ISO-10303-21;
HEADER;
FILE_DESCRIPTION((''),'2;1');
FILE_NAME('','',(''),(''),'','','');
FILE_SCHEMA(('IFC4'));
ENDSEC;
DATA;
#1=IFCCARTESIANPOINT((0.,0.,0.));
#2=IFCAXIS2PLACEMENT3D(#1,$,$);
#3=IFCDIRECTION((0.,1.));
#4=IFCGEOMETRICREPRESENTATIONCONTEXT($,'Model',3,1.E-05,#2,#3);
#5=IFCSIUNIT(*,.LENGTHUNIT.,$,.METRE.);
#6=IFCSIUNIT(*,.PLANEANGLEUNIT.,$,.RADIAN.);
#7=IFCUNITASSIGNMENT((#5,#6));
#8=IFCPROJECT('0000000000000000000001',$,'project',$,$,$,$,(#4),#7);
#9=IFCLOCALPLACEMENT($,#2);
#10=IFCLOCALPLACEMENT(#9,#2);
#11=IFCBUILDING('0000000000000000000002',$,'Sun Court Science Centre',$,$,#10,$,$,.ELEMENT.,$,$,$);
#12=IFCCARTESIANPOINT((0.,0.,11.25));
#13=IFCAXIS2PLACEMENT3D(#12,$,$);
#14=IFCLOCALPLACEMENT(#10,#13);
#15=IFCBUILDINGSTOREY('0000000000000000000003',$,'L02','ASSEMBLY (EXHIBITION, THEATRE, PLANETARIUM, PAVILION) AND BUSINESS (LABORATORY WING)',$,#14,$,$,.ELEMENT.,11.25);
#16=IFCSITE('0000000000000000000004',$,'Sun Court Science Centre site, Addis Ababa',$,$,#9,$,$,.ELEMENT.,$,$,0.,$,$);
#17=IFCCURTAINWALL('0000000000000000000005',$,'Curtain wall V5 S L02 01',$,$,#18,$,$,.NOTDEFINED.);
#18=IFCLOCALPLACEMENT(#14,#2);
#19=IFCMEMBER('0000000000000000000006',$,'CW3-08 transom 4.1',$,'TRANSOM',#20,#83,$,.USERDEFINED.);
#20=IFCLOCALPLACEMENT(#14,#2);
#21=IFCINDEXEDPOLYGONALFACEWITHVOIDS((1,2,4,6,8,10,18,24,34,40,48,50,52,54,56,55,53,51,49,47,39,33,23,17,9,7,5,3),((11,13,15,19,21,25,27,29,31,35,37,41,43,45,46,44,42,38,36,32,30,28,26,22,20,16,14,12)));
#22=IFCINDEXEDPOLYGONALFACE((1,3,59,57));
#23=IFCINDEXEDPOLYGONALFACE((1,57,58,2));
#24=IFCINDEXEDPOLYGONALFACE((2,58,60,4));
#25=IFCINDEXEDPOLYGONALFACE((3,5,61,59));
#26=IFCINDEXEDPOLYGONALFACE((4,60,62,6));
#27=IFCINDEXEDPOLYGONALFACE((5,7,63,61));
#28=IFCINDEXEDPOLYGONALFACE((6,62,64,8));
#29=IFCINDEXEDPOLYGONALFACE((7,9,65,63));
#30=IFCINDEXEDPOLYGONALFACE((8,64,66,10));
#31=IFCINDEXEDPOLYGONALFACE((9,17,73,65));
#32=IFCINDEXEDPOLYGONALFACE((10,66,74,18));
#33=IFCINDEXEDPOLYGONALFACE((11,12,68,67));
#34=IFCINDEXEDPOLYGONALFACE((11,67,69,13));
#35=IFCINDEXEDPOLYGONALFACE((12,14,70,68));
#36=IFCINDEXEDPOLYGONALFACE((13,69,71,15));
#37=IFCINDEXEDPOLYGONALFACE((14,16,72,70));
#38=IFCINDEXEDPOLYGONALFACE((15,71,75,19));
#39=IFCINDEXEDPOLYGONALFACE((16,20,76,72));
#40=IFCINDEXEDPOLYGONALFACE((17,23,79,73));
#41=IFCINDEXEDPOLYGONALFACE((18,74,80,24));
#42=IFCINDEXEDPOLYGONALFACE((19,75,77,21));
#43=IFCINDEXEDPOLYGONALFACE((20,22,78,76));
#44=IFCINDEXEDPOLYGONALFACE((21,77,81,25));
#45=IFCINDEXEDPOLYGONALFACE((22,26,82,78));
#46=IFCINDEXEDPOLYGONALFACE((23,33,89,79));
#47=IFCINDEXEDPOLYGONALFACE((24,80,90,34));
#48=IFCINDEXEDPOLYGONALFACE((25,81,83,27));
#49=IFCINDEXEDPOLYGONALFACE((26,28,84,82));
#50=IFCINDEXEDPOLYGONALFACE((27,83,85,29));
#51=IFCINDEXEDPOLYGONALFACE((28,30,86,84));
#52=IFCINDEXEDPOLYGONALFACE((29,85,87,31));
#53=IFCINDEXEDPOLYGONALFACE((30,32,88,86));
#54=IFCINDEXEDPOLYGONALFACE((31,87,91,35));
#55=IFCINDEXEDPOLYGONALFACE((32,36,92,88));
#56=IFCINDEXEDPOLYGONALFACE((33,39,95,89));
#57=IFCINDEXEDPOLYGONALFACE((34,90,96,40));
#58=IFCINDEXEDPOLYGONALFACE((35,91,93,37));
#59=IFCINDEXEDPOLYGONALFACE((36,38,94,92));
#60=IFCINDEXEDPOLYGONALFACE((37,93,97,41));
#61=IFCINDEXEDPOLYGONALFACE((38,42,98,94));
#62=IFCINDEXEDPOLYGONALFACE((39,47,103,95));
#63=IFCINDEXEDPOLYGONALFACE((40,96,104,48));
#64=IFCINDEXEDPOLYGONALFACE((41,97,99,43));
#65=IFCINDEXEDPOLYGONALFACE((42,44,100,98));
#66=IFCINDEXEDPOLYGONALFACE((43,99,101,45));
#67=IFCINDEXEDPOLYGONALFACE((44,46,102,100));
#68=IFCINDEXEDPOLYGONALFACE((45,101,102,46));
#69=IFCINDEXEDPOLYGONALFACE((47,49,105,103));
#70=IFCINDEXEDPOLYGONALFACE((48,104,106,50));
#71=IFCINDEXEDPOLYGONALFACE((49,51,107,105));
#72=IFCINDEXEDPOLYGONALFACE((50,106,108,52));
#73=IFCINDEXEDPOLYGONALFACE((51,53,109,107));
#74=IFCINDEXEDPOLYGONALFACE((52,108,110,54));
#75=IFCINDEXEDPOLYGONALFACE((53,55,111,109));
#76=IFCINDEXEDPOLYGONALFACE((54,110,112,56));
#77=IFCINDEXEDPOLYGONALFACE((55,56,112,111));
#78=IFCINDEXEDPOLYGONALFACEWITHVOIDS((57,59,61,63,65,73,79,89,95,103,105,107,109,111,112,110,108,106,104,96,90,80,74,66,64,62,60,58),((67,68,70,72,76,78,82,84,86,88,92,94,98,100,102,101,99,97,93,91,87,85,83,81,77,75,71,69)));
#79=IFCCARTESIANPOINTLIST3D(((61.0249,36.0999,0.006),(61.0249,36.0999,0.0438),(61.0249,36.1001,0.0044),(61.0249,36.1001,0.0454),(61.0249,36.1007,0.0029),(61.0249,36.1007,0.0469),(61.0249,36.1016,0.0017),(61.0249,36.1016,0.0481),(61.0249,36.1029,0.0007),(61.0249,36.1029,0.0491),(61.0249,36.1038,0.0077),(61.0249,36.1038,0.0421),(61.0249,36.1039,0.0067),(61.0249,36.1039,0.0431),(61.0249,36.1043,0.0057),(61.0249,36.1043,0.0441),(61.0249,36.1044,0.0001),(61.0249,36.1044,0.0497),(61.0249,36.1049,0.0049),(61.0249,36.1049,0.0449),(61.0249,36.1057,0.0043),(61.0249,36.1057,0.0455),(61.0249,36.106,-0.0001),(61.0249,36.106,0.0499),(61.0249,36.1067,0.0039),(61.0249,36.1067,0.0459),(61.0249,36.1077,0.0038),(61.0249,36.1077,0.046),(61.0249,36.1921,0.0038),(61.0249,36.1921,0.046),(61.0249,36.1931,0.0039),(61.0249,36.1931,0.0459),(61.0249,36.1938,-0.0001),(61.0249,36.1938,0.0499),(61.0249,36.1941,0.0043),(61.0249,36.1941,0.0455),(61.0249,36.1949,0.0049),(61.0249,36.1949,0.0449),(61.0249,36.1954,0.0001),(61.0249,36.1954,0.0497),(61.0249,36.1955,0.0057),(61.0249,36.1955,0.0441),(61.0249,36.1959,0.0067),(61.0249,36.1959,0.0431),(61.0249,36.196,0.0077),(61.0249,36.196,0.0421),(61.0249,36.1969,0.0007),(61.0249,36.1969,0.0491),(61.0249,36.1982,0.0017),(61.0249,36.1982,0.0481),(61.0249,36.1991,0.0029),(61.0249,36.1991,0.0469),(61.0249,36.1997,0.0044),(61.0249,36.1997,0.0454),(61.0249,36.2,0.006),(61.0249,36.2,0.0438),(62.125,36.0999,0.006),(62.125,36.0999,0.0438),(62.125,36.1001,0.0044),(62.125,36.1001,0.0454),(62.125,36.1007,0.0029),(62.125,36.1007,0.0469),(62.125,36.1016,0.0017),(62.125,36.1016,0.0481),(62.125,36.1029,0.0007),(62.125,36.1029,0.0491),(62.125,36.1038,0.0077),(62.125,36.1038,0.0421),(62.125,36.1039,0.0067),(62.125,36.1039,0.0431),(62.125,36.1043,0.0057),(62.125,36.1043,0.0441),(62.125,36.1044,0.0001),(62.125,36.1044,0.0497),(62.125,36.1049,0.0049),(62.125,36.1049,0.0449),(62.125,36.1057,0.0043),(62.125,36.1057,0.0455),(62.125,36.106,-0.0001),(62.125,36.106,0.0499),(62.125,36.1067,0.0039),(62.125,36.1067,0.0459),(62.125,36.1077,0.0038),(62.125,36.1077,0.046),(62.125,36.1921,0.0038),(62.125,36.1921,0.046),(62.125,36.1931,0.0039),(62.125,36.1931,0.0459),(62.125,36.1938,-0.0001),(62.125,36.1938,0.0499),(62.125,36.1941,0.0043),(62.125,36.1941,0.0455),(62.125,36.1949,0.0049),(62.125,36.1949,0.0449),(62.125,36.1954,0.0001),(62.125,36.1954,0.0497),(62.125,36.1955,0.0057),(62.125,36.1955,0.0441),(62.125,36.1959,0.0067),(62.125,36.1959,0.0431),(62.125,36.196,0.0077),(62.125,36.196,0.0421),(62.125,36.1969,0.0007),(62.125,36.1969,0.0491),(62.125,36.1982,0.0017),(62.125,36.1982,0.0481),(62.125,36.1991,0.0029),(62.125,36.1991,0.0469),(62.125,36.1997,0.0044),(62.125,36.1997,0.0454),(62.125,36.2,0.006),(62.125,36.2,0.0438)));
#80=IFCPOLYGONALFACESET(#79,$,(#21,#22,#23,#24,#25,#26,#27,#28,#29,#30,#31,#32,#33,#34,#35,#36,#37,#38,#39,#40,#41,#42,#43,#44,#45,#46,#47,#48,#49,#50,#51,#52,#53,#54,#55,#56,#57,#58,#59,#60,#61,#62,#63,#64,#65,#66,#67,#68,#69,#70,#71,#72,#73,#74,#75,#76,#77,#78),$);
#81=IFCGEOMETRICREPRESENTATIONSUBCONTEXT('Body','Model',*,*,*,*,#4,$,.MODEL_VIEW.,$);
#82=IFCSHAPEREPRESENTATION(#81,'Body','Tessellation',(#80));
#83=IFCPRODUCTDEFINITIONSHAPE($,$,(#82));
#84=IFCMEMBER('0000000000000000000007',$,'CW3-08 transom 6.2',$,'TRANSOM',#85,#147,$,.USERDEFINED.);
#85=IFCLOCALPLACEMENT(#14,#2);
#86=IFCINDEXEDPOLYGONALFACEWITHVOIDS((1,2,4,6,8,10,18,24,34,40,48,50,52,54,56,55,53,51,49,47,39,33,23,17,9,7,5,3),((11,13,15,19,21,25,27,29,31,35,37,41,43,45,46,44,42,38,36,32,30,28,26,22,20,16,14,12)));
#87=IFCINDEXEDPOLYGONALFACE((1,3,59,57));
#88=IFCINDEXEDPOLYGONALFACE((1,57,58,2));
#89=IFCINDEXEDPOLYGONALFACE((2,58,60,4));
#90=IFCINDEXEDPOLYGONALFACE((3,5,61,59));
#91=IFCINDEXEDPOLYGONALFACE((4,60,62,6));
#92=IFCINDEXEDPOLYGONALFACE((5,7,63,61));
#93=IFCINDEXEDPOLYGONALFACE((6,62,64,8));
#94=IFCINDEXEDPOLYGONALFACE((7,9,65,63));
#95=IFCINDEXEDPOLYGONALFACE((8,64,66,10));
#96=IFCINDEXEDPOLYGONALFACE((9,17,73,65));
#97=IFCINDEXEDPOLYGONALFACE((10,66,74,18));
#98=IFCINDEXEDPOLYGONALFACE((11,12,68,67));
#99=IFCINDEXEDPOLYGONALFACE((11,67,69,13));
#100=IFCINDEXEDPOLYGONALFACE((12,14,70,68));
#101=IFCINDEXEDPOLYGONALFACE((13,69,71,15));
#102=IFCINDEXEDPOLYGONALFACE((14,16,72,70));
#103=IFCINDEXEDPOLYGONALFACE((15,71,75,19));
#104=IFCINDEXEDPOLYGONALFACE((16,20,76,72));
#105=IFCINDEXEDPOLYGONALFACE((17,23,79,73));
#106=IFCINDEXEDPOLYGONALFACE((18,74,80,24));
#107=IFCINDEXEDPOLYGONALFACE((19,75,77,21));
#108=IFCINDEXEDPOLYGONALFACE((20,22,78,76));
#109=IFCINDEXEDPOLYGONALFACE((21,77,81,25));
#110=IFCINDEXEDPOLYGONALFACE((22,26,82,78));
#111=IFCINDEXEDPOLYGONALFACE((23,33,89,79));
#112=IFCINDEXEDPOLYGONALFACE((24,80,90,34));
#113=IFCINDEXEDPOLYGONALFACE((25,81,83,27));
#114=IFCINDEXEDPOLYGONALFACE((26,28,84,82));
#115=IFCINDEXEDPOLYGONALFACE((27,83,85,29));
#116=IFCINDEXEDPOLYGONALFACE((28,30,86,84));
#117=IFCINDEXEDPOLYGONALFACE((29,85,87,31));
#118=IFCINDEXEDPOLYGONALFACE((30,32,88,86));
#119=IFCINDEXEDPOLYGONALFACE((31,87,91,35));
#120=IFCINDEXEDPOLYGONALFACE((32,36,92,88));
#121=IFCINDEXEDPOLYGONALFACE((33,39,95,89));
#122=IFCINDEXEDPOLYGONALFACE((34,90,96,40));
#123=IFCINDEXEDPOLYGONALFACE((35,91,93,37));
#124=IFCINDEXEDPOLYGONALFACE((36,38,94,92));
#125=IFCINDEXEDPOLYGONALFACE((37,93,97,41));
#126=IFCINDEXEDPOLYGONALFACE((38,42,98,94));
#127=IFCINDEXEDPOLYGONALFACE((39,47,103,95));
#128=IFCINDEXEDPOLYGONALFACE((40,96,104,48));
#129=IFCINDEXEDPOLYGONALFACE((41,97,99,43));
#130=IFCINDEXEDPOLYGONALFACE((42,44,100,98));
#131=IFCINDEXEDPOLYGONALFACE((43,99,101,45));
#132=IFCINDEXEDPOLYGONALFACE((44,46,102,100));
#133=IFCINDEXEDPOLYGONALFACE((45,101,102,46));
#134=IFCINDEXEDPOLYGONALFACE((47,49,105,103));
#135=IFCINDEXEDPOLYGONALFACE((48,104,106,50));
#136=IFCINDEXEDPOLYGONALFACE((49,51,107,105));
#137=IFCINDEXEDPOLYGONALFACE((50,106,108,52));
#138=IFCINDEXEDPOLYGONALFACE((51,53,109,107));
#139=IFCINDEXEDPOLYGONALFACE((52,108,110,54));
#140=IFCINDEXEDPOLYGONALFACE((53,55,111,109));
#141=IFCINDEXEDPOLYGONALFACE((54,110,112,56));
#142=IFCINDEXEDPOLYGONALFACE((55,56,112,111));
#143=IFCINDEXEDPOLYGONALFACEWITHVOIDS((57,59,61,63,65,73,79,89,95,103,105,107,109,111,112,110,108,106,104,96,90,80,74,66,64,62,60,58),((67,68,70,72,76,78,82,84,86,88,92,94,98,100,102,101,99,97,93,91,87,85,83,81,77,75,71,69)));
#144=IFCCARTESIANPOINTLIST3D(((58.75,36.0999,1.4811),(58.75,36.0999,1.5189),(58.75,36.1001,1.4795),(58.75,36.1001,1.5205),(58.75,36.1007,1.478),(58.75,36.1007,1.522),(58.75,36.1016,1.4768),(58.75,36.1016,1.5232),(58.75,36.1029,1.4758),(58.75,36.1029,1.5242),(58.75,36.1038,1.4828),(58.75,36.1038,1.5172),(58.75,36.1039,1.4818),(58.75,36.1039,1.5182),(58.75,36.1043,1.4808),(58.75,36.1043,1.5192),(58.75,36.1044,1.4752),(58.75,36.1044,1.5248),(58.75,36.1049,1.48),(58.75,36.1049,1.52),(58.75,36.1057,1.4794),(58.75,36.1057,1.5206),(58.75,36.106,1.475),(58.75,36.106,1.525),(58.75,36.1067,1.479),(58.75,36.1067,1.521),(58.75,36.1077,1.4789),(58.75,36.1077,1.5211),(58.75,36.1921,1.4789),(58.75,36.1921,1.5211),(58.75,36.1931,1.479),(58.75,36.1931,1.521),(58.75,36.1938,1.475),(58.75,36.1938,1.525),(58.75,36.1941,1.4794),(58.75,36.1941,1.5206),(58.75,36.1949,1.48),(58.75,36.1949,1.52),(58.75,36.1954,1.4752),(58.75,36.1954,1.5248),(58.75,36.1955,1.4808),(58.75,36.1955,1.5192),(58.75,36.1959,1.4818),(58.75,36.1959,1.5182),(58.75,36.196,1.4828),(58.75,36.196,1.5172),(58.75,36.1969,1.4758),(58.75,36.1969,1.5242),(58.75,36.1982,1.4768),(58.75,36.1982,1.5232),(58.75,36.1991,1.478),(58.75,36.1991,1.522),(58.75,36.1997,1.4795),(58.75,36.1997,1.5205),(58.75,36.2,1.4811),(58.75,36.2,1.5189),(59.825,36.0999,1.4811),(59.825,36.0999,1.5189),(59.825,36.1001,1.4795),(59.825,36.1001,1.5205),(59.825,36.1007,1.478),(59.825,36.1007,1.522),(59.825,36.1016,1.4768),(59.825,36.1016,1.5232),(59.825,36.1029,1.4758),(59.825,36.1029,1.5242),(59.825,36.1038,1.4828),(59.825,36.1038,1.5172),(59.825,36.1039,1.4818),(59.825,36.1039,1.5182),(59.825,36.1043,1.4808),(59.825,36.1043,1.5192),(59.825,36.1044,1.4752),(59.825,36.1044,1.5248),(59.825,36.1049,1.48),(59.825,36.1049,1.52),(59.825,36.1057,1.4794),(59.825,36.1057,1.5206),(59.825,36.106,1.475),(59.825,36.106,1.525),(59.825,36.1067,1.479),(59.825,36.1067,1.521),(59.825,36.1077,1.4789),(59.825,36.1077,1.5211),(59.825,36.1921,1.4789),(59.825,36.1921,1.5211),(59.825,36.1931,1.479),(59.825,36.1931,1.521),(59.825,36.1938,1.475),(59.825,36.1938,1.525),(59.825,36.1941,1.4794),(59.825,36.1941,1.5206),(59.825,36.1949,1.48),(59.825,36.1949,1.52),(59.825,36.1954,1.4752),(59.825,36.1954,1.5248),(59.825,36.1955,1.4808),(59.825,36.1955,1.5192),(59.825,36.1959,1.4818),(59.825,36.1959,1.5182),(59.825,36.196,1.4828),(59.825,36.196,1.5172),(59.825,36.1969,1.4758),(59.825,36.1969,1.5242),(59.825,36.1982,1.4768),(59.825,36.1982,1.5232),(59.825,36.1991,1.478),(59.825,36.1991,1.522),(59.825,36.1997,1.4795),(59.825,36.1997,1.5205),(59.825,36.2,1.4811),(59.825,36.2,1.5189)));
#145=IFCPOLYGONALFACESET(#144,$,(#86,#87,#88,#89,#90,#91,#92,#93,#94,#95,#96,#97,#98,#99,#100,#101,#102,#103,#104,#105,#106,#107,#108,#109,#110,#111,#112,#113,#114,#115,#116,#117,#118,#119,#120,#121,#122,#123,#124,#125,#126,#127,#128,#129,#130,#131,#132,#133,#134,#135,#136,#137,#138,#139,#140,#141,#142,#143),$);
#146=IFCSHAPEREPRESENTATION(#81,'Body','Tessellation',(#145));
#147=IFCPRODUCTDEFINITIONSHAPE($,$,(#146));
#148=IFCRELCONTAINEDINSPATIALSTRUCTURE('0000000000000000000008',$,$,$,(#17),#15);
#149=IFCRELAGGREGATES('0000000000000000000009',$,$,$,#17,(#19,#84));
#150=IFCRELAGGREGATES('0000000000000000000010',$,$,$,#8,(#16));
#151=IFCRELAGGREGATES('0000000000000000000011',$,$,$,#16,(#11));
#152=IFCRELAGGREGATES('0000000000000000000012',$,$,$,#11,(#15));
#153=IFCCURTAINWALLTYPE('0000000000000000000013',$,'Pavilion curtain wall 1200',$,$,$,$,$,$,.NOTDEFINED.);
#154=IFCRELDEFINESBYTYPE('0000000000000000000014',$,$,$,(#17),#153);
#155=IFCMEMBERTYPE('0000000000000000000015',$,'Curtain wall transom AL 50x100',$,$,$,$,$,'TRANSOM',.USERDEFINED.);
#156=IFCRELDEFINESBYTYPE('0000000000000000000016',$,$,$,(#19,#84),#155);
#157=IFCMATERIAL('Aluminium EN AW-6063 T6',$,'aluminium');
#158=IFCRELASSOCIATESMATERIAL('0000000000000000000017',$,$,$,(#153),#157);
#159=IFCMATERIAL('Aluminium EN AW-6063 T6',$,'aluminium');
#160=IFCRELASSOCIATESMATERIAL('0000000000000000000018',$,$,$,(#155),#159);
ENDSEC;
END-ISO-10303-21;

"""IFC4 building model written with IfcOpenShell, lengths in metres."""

from ifc_helpers import new_model, si_unit, direction, frame, origin, origin_2d, place, context, subcontext, project, spatial, hollow_rectangle, extrude, material, material_profile, profile_set, type_object, element, aggregate, save


model = new_model("IFC4")

# Units and contexts
model_context = context("Model", 3, precision=1e-05, world=origin(), true_north=direction((0.0, 1.0)))
body_context = subcontext(model_context, "Body", "Model", "MODEL_VIEW")
ifc_project = project(units=[si_unit("LENGTHUNIT", "METRE"), si_unit("PLANEANGLEUNIT", "RADIAN")], contexts=[model_context])

# Site, building, storey
site_placement = place(None, origin())
site = spatial("IfcSite", under=ifc_project, at=site_placement, Name="Sun Court Science Centre site, Addis Ababa", CompositionType="ELEMENT", RefElevation=0.0)
building_placement = place(site_placement, origin())
building = spatial("IfcBuilding", under=site, at=building_placement, Name="Sun Court Science Centre", CompositionType="ELEMENT")
storey_placement = place(building_placement, frame((0.0, 0.0, 11.25)))
storey = spatial("IfcBuildingStorey", under=building, at=storey_placement, Name="L02", Description="ASSEMBLY (EXHIBITION, THEATRE, PLANETARIUM, PAVILION) AND BUSINESS (LABORATORY WING)", CompositionType="ELEMENT", Elevation=11.25)

# Curtain wall
ifc_material_1 = material(Name="Aluminium EN AW-6063 T6", Category="aluminium")
curtain_wall_type_1 = type_object("IfcCurtainWallType", Name="Pavilion curtain wall 1200", PredefinedType="NOTDEFINED", material=ifc_material_1)
curtain_wall_1_placement = place(storey_placement, origin())
curtain_wall_1 = element("IfcCurtainWall", 1, at=curtain_wall_1_placement, inside=storey, type_object=curtain_wall_type_1, Name="Curtain wall V5 S L02 01", PredefinedType="NOTDEFINED")

# Members
ifc_material_2 = material(Name="Aluminium EN AW-6063 T6", Category="aluminium")
ifc_material_profile_1 = material_profile(ifc_material_2, hollow_rectangle(XDim=0.05, YDim=0.1001, WallThickness=0.0039, InnerFilletRadius=0.0039, OuterFilletRadius=0.0061, at=origin_2d()), Name="AL 50x100x4")
ifc_profile_set_1 = profile_set([ifc_material_profile_1], Name="Aluminium EN AW-6063 T6")
member_type_1 = type_object("IfcMemberType", Name="Curtain wall transom AL 50x100", ElementType="TRANSOM", PredefinedType="USERDEFINED", material=ifc_profile_set_1)
member_1_placement = place(storey_placement, frame((62.125, 36.1499, 0.0249), z_axis=(-1.0, 0.0, 0.0), x_axis=(0.0, 0.0, 1.0)))
member_1 = element("IfcMember", 2, at=member_1_placement, type_object=member_type_1, Name="CW3-08 transom 4.1", ObjectType="TRANSOM", PredefinedType="USERDEFINED", context=body_context, shape_type="SweptSolid", body=[
    extrude(hollow_rectangle(XDim=0.05, YDim=0.1001, WallThickness=0.0039, InnerFilletRadius=0.0039, OuterFilletRadius=0.0061, at=origin_2d()), origin(), (0.0, 0.0, 1.0), 1.1001),
])
member_2_placement = place(storey_placement, frame((59.825, 36.1499, 1.5), z_axis=(-1.0, 0.0, 0.0), x_axis=(0.0, 0.0, 1.0)))
member_2 = element("IfcMember", 3, at=member_2_placement, type_object=member_type_1, Name="CW3-08 transom 6.2", ObjectType="TRANSOM", PredefinedType="USERDEFINED", context=body_context, shape_type="SweptSolid", body=[
    extrude(hollow_rectangle(XDim=0.05, YDim=0.1001, WallThickness=0.0039, InnerFilletRadius=0.0039, OuterFilletRadius=0.0061, at=origin_2d()), origin(), (0.0, 0.0, 1.0), 1.075),
])

aggregate(curtain_wall_1, [member_1, member_2])

save(model, "model.ifc")
